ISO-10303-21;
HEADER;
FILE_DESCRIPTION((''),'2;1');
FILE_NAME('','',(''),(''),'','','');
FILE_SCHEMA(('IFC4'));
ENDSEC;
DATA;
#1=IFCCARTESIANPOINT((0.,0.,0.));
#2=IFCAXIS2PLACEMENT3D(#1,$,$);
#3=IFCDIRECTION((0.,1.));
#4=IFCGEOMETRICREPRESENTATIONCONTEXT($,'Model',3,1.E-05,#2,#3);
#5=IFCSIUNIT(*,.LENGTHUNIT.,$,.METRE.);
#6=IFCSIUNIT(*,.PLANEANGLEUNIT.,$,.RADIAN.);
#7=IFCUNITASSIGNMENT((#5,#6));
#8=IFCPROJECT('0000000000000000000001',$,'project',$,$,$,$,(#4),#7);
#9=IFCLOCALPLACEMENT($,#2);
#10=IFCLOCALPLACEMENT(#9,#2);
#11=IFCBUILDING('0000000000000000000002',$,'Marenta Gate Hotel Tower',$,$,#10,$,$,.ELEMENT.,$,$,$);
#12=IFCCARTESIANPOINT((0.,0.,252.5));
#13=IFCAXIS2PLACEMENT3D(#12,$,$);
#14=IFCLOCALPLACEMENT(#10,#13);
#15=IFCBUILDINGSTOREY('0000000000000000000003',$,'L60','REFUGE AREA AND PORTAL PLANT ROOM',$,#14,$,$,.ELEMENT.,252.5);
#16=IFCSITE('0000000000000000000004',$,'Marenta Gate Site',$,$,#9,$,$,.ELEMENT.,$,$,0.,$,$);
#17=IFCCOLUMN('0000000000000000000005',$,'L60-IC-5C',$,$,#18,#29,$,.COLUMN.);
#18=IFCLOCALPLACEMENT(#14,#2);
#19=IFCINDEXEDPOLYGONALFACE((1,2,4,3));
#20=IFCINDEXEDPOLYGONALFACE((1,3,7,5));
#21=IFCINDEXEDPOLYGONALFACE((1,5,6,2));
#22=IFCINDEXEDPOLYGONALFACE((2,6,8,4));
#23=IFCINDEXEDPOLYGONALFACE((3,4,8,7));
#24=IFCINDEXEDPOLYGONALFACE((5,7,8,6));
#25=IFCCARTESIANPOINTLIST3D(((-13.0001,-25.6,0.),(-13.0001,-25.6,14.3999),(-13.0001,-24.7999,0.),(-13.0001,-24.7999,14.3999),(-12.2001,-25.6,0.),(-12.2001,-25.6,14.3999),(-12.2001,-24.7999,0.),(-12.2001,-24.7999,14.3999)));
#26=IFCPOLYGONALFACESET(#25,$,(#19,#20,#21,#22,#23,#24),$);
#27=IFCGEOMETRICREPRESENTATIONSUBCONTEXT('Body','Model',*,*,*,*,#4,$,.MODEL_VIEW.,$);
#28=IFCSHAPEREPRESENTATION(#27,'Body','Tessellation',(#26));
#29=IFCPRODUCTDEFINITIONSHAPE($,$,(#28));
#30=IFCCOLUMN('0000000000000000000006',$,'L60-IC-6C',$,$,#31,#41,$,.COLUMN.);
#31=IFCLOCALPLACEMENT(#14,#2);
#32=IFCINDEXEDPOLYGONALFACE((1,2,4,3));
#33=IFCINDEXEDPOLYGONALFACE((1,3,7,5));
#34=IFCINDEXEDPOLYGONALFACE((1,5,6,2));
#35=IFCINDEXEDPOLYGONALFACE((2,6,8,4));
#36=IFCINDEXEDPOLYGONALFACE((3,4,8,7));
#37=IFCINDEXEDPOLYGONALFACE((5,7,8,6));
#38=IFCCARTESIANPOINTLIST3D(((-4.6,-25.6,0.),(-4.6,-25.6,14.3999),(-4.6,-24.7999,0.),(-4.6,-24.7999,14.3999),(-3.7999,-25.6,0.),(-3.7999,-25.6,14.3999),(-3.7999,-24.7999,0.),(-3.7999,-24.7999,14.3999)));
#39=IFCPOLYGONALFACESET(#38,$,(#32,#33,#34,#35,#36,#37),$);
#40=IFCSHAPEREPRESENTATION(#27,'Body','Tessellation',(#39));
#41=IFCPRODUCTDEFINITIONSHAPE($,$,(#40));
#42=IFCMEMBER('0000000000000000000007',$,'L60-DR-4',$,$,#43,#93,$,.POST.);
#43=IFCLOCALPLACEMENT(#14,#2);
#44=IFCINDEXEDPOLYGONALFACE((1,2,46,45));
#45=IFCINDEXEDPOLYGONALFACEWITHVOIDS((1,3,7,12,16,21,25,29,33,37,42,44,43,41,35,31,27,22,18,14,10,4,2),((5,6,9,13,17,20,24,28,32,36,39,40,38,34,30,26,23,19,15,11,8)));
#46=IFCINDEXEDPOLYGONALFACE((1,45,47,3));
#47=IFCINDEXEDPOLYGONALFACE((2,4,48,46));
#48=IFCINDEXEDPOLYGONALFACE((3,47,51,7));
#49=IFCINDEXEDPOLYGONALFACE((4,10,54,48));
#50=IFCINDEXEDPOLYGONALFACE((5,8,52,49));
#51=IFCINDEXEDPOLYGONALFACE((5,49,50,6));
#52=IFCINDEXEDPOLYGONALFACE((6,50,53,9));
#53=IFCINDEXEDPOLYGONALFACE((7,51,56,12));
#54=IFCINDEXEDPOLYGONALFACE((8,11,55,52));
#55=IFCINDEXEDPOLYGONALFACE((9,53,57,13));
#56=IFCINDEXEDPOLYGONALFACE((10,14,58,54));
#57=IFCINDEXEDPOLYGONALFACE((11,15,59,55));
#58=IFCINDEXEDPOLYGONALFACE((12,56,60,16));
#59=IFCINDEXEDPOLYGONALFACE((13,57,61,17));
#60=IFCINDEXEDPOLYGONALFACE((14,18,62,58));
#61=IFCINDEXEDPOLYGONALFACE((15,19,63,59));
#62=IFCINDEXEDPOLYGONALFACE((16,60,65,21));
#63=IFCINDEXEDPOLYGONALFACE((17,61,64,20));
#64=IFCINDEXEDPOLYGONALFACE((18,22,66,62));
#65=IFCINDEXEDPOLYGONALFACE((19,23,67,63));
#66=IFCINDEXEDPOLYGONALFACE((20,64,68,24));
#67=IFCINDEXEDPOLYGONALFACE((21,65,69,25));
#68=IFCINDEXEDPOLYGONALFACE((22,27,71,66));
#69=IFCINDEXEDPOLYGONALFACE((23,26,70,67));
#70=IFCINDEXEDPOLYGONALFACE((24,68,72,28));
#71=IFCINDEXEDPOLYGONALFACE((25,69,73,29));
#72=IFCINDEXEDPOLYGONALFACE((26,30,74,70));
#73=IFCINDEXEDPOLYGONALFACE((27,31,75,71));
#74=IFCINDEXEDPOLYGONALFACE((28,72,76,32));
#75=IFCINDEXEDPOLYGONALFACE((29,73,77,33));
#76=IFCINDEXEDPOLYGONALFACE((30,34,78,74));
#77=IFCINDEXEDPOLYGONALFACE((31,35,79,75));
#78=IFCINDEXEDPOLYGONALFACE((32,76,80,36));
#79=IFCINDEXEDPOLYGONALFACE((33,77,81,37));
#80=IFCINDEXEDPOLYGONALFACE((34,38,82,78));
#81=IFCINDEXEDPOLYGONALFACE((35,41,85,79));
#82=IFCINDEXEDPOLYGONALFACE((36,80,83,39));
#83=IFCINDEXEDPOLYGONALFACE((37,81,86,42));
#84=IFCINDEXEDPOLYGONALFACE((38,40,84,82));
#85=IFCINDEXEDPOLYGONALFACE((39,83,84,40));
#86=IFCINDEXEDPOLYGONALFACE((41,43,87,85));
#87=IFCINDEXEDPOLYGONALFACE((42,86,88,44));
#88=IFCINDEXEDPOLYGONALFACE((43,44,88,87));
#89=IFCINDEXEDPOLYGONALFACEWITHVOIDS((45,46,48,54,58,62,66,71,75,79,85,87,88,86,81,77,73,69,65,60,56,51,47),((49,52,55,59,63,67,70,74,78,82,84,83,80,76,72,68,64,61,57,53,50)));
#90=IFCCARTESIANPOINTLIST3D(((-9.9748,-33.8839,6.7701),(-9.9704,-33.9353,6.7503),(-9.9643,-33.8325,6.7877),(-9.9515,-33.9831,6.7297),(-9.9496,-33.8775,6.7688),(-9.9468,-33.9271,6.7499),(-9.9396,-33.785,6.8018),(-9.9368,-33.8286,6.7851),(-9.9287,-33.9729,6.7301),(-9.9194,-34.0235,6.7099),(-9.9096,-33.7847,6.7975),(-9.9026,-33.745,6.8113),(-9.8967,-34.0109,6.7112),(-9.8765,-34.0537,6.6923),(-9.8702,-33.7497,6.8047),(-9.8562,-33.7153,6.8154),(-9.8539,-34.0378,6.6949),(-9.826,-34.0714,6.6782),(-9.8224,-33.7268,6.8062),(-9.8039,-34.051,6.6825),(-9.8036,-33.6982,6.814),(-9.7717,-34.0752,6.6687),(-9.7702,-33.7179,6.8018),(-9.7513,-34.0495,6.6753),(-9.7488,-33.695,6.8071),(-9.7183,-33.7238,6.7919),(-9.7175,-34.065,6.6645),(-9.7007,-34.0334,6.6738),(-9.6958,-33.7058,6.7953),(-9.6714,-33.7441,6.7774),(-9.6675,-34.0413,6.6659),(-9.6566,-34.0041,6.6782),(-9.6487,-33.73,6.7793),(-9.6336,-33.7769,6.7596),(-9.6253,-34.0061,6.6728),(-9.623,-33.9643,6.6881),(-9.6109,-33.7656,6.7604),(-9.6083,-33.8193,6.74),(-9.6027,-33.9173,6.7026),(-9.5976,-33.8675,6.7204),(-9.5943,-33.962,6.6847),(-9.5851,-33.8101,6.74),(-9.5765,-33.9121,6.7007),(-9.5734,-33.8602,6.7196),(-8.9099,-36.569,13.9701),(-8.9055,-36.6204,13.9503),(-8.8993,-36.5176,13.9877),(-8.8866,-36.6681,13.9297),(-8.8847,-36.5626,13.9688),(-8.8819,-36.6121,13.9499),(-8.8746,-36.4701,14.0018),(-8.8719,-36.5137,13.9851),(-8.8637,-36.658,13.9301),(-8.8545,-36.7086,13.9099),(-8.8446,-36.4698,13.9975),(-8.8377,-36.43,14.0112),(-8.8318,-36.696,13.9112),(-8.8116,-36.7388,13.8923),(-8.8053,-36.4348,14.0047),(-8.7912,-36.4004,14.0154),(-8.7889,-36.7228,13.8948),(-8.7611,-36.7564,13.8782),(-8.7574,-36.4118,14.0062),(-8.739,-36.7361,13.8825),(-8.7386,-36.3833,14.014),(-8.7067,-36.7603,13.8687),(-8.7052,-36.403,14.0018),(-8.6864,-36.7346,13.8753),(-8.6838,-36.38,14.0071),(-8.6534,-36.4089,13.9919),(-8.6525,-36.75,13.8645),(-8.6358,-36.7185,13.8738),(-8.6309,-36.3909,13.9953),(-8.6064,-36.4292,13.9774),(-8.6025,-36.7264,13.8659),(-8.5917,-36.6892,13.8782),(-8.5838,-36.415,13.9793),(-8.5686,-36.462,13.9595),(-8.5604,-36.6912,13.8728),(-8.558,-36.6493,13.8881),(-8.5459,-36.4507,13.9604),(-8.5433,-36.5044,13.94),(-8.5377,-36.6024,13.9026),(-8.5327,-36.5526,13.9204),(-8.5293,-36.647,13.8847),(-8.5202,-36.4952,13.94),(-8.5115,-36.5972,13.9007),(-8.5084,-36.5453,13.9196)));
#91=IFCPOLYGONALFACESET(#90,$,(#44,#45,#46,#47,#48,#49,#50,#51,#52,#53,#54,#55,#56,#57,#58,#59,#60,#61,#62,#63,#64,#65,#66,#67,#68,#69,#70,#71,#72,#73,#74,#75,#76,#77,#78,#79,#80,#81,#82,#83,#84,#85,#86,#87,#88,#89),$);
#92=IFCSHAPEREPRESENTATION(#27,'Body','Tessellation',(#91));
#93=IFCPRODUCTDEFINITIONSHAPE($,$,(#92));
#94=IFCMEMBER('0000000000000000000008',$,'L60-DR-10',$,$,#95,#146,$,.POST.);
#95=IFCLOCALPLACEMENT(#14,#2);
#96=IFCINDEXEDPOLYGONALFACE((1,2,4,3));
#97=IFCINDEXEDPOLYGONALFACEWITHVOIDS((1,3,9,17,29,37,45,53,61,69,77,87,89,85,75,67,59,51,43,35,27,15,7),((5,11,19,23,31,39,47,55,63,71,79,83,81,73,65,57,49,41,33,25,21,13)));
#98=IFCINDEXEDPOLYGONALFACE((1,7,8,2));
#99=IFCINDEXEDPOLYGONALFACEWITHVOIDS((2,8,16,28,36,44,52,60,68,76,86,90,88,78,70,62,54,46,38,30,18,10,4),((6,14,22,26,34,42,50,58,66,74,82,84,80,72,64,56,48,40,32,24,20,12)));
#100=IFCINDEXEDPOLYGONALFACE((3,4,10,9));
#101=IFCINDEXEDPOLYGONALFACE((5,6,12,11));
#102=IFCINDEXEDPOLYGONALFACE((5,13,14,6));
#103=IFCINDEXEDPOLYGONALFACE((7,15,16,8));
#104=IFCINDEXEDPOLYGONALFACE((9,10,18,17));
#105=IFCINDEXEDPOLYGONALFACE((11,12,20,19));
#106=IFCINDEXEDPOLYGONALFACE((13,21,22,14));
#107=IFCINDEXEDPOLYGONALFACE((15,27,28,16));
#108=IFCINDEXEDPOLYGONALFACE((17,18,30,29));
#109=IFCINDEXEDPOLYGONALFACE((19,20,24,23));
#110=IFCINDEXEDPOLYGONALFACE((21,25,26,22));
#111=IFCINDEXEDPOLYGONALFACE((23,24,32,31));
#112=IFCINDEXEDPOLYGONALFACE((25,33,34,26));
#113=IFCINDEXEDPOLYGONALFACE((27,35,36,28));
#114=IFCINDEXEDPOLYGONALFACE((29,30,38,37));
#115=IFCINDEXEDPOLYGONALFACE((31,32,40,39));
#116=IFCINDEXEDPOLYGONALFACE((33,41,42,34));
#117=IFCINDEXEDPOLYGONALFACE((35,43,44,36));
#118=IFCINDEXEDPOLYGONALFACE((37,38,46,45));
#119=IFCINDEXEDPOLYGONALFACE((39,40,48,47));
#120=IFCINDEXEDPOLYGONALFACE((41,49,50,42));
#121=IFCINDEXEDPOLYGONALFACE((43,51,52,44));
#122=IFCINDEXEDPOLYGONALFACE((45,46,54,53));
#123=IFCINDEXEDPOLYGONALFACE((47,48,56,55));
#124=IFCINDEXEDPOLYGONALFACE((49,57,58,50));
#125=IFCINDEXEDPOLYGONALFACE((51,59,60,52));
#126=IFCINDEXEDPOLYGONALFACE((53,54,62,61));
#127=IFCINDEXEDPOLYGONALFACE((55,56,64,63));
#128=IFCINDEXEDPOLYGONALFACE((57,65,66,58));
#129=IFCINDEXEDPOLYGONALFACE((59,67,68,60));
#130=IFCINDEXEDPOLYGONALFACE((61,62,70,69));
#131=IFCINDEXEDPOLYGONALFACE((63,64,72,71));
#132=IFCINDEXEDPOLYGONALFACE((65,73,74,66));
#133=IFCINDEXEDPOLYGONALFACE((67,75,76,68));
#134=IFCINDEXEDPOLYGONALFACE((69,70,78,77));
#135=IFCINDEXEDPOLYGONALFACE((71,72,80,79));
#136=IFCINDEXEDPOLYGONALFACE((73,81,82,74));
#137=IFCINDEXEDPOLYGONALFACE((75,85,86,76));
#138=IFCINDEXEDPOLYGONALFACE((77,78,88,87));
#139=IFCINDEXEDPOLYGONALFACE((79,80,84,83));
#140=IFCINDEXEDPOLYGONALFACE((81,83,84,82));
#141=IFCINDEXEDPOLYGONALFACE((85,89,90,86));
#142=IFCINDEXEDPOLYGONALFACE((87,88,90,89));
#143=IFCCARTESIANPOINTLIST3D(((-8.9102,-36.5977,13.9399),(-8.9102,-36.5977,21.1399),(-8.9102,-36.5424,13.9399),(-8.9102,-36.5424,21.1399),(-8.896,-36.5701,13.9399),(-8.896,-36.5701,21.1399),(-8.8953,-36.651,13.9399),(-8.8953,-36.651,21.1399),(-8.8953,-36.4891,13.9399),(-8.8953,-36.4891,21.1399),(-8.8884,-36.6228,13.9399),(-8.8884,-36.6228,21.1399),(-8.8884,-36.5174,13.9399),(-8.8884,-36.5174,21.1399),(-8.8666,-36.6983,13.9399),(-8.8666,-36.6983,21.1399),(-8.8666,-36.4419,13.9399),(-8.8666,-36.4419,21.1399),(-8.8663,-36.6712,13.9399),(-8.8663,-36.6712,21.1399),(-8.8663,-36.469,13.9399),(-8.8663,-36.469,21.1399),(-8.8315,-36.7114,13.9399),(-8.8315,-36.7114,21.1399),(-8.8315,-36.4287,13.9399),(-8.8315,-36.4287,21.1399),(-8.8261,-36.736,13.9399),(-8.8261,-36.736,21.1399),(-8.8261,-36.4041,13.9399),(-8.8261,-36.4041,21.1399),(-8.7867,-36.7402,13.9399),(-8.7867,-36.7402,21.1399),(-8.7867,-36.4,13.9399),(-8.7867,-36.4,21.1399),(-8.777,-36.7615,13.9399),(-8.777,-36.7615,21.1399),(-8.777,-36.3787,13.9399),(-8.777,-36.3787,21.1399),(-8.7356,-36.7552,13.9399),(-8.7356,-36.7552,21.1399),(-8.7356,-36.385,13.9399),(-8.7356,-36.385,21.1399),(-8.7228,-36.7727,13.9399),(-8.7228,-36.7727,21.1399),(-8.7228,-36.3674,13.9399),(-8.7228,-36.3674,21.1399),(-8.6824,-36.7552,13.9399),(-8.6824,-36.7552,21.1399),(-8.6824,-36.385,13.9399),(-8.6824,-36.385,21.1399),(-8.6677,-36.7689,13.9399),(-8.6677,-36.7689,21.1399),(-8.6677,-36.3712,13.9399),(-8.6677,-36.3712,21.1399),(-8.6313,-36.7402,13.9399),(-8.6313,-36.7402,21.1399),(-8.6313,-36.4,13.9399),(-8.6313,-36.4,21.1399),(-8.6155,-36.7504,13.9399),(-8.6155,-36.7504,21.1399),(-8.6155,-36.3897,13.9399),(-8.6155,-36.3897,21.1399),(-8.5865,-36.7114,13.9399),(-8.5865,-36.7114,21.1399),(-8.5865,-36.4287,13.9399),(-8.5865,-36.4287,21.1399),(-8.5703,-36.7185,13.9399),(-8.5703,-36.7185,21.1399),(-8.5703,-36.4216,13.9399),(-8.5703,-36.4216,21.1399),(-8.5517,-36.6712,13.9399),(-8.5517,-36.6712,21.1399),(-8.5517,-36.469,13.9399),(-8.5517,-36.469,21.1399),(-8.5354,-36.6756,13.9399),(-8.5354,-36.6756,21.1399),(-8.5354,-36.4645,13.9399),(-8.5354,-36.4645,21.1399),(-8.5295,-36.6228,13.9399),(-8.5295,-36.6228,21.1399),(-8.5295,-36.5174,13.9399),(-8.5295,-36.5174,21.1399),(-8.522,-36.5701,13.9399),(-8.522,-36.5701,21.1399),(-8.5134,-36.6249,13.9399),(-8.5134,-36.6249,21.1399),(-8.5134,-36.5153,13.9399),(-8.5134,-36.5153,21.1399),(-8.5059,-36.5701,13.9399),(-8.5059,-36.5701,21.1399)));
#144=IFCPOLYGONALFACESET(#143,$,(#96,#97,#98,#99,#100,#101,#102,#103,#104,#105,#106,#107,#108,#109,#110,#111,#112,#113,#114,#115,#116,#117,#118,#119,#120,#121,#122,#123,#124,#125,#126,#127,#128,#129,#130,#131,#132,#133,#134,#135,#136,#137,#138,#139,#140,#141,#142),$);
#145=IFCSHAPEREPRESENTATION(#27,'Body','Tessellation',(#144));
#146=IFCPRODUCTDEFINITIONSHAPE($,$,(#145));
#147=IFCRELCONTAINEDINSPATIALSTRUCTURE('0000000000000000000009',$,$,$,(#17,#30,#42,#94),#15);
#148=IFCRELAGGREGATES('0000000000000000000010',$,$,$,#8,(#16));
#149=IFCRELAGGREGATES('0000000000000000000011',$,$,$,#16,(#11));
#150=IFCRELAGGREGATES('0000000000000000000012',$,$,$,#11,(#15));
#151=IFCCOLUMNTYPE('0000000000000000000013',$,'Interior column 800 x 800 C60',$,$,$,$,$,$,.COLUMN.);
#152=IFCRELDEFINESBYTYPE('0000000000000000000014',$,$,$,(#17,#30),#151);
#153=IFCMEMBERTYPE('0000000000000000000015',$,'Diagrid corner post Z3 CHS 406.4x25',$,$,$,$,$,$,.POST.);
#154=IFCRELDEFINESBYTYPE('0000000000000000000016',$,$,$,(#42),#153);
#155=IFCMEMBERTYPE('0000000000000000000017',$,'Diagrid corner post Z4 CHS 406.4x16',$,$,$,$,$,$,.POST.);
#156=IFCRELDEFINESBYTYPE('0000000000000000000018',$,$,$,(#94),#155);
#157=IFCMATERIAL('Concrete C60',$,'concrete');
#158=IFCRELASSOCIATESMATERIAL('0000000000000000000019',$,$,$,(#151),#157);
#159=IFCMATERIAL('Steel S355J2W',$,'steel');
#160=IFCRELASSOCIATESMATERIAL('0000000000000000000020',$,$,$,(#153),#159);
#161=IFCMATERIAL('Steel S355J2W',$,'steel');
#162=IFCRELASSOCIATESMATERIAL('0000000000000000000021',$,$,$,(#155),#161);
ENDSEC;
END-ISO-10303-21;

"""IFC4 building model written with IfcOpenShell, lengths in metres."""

from ifc_helpers import new_model, si_unit, direction, frame, origin, origin_2d, place, context, subcontext, project, spatial, rectangle, hollow_circle, extrude, material, material_profile, profile_set, type_object, element, save


model = new_model("IFC4")

# Units and contexts
model_context = context("Model", 3, precision=1e-05, world=origin(), true_north=direction((0.0, 1.0)))
body_context = subcontext(model_context, "Body", "Model", "MODEL_VIEW")
ifc_project = project(units=[si_unit("LENGTHUNIT", "METRE"), si_unit("PLANEANGLEUNIT", "RADIAN")], contexts=[model_context])

# Site, building, storey
site_placement = place(None, origin())
site = spatial("IfcSite", under=ifc_project, at=site_placement, Name="Marenta Gate Site", CompositionType="ELEMENT", RefElevation=0.0)
building_placement = place(site_placement, origin())
building = spatial("IfcBuilding", under=site, at=building_placement, Name="Marenta Gate Hotel Tower", CompositionType="ELEMENT")
storey_placement = place(building_placement, frame((0.0, 0.0, 252.5)))
storey = spatial("IfcBuildingStorey", under=building, at=storey_placement, Name="L60", Description="REFUGE AREA AND PORTAL PLANT ROOM", CompositionType="ELEMENT", Elevation=252.5)

# Columns
ifc_material_1 = material(Name="Concrete C60", Category="concrete")
ifc_material_profile_1 = material_profile(ifc_material_1, rectangle(XDim=0.8, YDim=0.8, at=origin_2d()), Name="800 x 800")
ifc_profile_set_1 = profile_set([ifc_material_profile_1], Name="Concrete C60")
column_type = type_object("IfcColumnType", Name="Interior column 800 x 800 C60", PredefinedType="COLUMN", material=ifc_profile_set_1)
for number, where, z_axis, x_axis, name in (
    (1, (-12.6001, -25.2, 0.0), (0.0, 0.0, 1.0), (1.0, 0.0, 0.0), "L60-IC-5C"),
    (2, (-4.2, -25.2, 0.0), (0.0, 0.0, 1.0), (1.0, 0.0, 0.0), "L60-IC-6C"),
):
    element("IfcColumn", number, at=place(storey_placement, frame(where, z_axis=z_axis, x_axis=x_axis)), inside=storey, type_object=column_type, Name=name, PredefinedType="COLUMN", context=body_context, shape_type="SweptSolid", body=[
        extrude(rectangle(XDim=0.8, YDim=0.8, at=origin_2d()), origin(), (0.0, 0.0, 1.0), 14.3999),
    ])

# Members
ifc_material_2 = material(Name="Steel S355J2W", Category="steel")
ifc_material_profile_2 = material_profile(ifc_material_2, hollow_circle(Radius=0.2031, WallThickness=0.0249, at=origin_2d()), Name="CHS 406.4x25")
ifc_profile_set_2 = profile_set([ifc_material_profile_2], Name="Steel S355J2W")
member_type_1 = type_object("IfcMemberType", Name="Diagrid corner post Z3 CHS 406.4x25", PredefinedType="POST", material=ifc_profile_set_2)
member_1_placement = place(storey_placement, frame((-9.7739, -33.885, 6.74), z_axis=(0.137274, -0.346112, 0.928096), x_axis=(0.929557, 0.368679, 0.0)))
element("IfcMember", 3, at=member_1_placement, inside=storey, type_object=member_type_1, Name="L60-DR-4", PredefinedType="POST", context=body_context, shape_type="SweptSolid", body=[
    extrude(hollow_circle(Radius=0.2031, WallThickness=0.0249, at=origin_2d()), origin(), (0.0, 0.0, 1.0), 7.7578),
])
ifc_material_3 = material(Name="Steel S355J2W", Category="steel")
ifc_material_profile_3 = material_profile(ifc_material_3, hollow_circle(Radius=0.2031, WallThickness=0.0161, at=origin_2d()), Name="CHS 406.4x16")
ifc_profile_set_3 = profile_set([ifc_material_profile_3], Name="Steel S355J2W")
member_type_2 = type_object("IfcMemberType", Name="Diagrid corner post Z4 CHS 406.4x16", PredefinedType="POST", material=ifc_profile_set_3)
member_2_placement = place(storey_placement, frame((-8.709, -36.5701, 13.9399), z_axis=(0.0, 0.0, 1.0), x_axis=(1.0, 0.0, 0.0)))
element("IfcMember", 4, at=member_2_placement, inside=storey, type_object=member_type_2, Name="L60-DR-10", PredefinedType="POST", context=body_context, shape_type="SweptSolid", body=[
    extrude(hollow_circle(Radius=0.2031, WallThickness=0.0161, at=origin_2d()), origin(), (0.0, 0.0, 1.0), 7.2),
])

save(model, "model.ifc")
